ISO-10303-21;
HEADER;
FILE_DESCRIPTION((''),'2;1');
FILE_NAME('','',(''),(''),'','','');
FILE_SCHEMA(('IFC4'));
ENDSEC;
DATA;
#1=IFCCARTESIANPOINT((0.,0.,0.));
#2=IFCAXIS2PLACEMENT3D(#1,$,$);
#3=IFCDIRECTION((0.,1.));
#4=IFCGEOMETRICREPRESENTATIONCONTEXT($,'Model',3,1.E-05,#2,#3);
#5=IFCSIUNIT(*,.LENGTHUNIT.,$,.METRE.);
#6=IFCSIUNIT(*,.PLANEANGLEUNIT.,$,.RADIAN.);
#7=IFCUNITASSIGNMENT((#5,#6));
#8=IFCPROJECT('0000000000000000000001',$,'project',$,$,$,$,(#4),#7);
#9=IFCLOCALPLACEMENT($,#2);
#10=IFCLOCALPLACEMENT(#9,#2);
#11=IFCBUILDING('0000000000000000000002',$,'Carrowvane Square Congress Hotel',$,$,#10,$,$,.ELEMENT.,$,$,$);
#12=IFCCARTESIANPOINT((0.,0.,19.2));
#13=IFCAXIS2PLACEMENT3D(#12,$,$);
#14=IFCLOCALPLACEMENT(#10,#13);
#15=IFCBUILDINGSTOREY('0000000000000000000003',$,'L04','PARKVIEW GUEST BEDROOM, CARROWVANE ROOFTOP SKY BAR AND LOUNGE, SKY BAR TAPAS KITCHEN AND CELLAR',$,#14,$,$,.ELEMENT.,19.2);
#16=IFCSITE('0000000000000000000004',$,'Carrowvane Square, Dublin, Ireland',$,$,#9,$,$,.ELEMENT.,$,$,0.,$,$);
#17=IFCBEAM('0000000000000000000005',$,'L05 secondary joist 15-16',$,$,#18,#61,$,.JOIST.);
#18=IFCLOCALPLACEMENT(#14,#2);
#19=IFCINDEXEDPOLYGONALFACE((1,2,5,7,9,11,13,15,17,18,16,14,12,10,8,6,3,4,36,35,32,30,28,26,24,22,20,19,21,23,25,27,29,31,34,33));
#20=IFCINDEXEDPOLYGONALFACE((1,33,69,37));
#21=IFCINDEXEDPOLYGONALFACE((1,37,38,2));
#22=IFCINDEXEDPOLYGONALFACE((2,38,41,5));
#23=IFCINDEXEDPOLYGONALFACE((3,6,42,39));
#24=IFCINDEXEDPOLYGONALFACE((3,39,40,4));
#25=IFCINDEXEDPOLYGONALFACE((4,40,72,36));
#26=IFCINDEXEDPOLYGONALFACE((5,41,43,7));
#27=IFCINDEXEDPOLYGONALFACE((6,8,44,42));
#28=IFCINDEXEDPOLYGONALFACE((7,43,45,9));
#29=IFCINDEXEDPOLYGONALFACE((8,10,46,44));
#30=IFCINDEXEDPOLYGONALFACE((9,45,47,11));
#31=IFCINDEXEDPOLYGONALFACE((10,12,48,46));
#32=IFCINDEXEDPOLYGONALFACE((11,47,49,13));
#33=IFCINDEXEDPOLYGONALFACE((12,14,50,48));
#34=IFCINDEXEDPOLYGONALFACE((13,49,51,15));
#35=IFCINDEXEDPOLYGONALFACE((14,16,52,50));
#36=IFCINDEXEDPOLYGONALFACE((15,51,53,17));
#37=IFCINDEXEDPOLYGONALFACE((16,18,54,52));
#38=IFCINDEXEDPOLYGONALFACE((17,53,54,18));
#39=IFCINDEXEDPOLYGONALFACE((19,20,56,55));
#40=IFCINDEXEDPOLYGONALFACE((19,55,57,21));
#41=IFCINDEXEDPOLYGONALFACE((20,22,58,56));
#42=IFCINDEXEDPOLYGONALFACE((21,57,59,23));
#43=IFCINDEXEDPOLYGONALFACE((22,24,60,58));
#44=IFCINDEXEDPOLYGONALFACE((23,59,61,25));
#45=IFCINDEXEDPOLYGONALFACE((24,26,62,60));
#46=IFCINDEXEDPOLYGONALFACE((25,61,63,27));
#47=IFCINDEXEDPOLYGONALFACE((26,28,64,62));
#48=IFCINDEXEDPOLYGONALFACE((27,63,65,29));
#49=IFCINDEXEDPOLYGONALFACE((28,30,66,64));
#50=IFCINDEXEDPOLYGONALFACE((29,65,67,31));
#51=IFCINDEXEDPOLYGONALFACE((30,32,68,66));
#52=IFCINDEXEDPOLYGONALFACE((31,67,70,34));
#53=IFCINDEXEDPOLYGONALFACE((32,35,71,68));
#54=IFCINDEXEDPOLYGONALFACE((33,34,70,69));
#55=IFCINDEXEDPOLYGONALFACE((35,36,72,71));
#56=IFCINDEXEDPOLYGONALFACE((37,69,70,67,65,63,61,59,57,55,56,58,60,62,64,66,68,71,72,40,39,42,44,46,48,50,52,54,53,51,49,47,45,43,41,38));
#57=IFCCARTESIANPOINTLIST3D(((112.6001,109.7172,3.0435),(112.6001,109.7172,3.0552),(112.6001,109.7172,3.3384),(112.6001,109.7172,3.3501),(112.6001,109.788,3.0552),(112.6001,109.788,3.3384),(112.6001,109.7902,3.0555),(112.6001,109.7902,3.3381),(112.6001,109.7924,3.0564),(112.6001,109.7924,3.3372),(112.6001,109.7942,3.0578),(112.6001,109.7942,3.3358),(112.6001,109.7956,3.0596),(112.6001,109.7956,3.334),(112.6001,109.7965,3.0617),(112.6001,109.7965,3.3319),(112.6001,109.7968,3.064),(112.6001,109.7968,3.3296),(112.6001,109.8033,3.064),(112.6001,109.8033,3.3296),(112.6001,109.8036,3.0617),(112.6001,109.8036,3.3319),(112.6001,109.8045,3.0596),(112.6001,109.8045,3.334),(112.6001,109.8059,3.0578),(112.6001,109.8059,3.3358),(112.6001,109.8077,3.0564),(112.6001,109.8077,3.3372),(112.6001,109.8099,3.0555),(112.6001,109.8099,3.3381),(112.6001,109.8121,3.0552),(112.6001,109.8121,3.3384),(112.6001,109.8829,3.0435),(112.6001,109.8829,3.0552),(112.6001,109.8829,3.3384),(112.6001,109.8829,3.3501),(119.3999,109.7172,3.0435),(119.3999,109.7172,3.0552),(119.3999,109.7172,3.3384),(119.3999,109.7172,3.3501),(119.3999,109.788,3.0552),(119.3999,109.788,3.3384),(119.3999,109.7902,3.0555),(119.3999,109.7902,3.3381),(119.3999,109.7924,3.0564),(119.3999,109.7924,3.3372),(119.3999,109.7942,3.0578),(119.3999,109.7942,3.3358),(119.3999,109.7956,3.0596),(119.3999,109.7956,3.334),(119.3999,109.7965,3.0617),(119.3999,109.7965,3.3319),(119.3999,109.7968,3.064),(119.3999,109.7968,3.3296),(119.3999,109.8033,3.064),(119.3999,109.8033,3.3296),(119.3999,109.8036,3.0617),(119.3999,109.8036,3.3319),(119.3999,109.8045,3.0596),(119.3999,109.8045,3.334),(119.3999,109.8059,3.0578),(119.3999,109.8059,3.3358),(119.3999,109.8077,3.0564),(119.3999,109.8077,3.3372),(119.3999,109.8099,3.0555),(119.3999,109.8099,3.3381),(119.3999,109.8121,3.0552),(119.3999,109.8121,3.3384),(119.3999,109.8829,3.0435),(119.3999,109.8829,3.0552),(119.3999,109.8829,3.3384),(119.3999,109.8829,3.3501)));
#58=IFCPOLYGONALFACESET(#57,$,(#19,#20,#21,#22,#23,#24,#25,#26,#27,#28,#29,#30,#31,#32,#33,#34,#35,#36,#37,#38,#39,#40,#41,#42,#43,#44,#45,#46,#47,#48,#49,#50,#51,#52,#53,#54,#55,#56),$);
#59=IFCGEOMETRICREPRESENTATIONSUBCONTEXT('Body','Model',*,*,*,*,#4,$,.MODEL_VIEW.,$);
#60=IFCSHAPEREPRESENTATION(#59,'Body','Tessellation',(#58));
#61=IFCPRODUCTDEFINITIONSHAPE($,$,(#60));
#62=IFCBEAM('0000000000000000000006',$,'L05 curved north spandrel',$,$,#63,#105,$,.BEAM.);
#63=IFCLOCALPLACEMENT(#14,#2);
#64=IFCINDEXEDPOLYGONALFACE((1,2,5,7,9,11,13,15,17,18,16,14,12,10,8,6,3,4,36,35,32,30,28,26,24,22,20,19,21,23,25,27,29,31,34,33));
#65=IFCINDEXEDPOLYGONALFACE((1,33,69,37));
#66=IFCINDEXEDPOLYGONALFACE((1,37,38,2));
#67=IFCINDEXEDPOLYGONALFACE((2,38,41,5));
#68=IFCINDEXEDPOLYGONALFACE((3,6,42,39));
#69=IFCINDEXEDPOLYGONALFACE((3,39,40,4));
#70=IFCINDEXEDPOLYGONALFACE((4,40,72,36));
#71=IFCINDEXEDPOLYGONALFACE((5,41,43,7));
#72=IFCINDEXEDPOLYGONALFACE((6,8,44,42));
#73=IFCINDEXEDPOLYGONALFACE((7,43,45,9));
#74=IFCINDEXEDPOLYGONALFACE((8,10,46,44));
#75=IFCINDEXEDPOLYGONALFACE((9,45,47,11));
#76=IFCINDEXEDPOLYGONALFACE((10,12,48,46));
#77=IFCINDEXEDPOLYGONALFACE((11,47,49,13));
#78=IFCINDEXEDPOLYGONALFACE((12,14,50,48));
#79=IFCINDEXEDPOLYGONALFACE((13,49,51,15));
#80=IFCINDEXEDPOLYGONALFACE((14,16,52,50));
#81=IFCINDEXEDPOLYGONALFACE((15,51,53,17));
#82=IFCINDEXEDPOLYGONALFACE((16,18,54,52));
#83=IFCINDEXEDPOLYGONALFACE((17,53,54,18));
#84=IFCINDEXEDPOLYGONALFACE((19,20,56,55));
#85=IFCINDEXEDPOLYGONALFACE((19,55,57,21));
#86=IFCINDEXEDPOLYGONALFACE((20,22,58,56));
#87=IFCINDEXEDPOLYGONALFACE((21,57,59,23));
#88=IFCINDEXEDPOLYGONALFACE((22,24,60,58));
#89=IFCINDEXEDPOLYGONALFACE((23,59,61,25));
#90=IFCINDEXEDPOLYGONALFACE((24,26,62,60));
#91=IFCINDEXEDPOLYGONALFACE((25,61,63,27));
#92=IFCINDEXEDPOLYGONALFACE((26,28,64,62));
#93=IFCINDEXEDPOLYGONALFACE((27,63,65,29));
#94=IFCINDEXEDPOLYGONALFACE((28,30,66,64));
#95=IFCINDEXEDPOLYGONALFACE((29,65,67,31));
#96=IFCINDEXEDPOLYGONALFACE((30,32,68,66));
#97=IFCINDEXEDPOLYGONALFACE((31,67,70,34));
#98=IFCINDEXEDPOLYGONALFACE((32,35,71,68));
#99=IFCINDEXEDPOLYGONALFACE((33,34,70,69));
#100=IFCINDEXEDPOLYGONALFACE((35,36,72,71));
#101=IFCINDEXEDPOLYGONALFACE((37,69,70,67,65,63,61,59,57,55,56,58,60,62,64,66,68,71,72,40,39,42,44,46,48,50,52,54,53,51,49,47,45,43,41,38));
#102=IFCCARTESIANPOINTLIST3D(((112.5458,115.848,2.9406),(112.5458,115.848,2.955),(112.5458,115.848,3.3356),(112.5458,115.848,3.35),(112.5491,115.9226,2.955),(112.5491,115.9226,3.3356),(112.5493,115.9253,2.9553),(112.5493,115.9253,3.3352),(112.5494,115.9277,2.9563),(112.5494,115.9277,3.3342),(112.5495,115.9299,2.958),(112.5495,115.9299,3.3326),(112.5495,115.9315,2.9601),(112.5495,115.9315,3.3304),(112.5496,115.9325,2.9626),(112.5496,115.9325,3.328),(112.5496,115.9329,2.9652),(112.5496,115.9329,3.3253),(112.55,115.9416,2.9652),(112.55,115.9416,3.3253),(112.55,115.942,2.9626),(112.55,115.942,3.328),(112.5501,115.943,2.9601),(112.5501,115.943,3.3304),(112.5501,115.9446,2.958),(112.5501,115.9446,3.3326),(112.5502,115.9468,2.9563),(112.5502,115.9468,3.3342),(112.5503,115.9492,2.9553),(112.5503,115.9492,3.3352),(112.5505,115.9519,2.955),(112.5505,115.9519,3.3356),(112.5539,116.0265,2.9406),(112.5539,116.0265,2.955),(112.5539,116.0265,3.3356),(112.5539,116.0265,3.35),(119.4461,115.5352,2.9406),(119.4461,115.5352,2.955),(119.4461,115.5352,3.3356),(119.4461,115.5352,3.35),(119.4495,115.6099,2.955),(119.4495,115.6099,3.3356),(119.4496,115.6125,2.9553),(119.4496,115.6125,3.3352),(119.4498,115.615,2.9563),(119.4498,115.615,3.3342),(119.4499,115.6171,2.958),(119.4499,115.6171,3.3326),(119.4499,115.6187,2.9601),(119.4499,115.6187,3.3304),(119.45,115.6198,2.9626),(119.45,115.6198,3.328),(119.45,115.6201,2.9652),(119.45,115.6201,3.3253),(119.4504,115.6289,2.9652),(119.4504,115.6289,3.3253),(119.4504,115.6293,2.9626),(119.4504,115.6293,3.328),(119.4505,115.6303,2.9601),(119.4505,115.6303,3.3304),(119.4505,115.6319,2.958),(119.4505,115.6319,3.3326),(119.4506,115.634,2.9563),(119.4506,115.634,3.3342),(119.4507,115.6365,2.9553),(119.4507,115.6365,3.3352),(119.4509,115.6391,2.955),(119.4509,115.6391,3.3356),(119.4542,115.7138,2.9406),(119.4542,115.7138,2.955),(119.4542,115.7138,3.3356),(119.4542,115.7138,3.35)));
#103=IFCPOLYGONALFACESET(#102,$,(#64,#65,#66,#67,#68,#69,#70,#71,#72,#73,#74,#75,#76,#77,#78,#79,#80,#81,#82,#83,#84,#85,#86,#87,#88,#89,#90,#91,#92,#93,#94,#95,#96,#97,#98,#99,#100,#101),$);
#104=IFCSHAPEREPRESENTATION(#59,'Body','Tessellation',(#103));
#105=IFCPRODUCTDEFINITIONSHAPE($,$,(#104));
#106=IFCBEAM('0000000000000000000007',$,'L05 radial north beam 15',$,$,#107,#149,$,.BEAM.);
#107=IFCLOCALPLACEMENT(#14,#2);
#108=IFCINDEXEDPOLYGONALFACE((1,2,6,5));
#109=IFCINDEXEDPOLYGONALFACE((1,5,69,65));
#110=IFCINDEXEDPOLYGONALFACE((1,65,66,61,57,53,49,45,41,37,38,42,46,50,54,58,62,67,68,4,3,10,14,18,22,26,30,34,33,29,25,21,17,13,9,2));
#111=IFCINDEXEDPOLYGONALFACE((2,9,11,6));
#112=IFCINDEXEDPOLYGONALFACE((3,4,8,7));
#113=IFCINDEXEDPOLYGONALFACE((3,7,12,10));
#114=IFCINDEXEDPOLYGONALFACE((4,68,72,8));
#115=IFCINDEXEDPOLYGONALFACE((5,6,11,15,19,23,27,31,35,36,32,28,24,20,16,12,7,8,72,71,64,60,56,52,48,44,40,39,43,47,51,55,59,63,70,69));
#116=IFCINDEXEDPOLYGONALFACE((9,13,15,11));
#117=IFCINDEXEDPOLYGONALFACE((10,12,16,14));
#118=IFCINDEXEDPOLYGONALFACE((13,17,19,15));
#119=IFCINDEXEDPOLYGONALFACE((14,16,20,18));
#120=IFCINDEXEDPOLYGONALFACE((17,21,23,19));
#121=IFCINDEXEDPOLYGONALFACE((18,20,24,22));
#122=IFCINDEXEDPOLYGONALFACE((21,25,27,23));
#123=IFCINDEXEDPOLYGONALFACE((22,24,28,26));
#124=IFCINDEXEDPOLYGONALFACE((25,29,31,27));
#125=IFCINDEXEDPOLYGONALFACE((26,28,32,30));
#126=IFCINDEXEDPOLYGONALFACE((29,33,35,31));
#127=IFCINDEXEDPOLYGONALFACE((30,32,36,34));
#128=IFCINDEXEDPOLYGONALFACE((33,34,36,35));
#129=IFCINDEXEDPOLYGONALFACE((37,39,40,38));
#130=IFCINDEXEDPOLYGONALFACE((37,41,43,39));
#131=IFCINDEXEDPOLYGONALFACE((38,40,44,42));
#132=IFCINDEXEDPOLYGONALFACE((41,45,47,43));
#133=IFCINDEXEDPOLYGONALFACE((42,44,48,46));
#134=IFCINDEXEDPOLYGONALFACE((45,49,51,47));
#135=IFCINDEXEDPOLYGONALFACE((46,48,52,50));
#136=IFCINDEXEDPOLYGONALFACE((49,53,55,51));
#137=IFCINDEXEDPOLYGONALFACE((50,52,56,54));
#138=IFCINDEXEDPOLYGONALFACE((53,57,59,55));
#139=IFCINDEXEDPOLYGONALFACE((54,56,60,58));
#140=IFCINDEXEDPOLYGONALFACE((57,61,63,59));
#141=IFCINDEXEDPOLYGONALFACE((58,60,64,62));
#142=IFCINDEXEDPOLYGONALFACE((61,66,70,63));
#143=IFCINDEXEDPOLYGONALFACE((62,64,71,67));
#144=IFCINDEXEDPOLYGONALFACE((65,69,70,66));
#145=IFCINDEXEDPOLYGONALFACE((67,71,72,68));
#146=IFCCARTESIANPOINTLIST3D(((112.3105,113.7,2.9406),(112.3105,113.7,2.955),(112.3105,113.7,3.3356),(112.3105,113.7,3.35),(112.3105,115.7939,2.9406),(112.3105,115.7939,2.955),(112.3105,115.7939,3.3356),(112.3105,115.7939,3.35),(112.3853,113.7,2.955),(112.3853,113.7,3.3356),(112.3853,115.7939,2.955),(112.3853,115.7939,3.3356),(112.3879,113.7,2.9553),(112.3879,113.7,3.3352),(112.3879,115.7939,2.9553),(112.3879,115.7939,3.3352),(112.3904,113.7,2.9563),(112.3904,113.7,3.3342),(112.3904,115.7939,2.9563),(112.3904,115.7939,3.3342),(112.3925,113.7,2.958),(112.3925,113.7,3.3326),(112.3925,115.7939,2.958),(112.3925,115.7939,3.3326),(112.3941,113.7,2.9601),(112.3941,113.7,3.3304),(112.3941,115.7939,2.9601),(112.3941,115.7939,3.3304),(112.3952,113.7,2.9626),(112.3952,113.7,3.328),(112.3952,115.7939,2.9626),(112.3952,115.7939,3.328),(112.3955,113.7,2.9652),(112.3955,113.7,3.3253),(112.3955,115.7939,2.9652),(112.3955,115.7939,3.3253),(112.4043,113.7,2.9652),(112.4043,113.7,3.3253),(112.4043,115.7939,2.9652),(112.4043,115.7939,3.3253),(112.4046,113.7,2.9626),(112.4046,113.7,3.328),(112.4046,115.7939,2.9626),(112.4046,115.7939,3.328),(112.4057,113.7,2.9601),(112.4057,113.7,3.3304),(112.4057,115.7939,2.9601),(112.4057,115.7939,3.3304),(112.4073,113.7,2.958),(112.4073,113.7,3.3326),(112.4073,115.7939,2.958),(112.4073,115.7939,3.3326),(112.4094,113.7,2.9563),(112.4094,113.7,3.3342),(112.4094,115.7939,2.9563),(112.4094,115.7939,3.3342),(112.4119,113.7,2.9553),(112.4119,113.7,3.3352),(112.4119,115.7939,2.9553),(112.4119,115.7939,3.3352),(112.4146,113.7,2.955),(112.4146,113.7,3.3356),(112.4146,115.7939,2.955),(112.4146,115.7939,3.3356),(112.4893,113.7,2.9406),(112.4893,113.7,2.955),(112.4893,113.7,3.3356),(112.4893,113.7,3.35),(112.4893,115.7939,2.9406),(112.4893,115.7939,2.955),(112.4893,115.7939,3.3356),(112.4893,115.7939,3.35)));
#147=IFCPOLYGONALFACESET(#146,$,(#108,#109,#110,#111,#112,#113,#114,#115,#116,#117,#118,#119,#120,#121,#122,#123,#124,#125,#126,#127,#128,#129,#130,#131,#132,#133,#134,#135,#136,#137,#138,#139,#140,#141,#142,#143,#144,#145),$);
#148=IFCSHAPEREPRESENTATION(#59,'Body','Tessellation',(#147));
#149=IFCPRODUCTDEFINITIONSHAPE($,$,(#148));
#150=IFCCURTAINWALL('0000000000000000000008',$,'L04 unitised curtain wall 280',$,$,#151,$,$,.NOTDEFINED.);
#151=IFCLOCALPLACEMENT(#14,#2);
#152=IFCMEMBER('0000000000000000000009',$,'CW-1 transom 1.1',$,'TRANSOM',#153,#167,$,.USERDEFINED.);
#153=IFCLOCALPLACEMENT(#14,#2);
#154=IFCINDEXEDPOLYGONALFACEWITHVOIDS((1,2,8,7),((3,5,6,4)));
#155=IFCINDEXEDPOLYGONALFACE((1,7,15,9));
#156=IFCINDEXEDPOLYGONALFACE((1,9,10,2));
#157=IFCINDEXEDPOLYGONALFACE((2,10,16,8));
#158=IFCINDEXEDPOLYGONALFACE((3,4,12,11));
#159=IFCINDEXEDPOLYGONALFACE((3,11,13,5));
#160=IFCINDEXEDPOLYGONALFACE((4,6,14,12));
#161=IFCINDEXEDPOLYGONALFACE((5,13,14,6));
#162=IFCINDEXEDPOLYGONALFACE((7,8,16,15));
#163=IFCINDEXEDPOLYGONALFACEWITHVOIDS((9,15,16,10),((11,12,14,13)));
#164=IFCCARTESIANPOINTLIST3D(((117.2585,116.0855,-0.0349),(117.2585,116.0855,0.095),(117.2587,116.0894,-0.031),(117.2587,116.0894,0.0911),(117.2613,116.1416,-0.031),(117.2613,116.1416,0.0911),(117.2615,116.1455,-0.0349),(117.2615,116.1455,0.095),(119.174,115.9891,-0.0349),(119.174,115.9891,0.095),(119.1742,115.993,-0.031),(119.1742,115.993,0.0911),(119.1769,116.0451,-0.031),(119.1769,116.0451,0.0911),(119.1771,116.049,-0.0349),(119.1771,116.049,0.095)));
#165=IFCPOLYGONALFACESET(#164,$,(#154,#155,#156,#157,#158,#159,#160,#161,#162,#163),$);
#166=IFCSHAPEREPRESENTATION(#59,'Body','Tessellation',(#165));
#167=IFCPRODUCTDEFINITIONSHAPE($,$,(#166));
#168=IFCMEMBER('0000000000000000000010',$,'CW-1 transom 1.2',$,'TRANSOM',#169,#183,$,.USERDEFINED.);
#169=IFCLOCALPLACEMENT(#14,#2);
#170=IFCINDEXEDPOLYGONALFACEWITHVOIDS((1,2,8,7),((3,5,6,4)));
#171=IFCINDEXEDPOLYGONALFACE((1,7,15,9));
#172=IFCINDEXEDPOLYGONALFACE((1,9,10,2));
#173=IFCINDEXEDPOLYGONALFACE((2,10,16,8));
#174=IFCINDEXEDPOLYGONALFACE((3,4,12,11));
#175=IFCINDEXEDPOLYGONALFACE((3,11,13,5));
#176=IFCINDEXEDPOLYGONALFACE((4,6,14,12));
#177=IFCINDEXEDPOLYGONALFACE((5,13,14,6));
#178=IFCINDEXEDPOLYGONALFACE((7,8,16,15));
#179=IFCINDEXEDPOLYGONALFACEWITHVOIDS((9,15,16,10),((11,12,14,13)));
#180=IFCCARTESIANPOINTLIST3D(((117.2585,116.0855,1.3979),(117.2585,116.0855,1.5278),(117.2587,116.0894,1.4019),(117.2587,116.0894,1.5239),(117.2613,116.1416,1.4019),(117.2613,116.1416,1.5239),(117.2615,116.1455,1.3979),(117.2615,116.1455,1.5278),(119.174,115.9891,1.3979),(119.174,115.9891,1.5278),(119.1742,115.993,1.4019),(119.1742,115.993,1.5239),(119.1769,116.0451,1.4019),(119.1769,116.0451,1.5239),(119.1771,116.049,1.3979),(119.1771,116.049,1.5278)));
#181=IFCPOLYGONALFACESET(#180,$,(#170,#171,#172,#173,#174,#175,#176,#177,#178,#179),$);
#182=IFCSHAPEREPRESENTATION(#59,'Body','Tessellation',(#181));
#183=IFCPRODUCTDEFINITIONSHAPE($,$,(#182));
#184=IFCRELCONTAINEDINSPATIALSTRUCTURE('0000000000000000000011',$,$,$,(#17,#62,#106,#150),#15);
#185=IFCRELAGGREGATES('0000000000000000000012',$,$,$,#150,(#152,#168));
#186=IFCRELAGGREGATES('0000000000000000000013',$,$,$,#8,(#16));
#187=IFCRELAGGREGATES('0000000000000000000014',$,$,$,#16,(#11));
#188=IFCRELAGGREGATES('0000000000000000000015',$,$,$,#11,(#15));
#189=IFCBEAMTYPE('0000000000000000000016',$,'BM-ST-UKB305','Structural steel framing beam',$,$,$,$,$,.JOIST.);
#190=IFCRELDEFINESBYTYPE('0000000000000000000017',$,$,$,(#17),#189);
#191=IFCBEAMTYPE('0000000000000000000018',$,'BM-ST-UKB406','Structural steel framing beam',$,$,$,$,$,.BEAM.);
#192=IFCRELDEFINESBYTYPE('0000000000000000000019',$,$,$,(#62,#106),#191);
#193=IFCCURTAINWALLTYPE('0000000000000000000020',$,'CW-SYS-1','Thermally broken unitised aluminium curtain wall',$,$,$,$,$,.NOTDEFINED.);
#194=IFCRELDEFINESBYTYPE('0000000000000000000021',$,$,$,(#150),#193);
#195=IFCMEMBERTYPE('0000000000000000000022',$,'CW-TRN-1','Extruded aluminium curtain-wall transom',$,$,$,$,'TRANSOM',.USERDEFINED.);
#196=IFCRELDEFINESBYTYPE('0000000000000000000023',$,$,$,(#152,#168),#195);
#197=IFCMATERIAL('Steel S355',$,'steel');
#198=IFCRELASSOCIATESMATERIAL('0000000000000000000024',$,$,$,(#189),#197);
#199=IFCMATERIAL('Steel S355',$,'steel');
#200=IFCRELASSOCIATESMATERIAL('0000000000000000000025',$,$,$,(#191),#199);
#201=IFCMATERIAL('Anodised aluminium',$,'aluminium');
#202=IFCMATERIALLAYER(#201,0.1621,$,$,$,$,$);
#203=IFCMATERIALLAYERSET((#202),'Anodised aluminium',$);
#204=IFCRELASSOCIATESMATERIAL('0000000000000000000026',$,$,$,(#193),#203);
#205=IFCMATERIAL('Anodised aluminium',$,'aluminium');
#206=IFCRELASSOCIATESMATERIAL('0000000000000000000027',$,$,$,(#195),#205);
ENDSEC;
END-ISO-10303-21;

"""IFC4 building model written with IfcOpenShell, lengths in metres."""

from ifc_helpers import new_model, si_unit, direction, frame, origin, origin_2d, place, context, subcontext, project, spatial, hollow_rectangle, i_section, extrude, material, layer, layer_set, material_profile, profile_set, type_object, element, aggregate, save


model = new_model("IFC4")

# Units and contexts
model_context = context("Model", 3, precision=1e-05, world=origin(), true_north=direction((0.0, 1.0)))
body_context = subcontext(model_context, "Body", "Model", "MODEL_VIEW")
ifc_project = project(units=[si_unit("LENGTHUNIT", "METRE"), si_unit("PLANEANGLEUNIT", "RADIAN")], contexts=[model_context])

# Site, building, storey
site_placement = place(None, origin())
site = spatial("IfcSite", under=ifc_project, at=site_placement, Name="Carrowvane Square, Dublin, Ireland", CompositionType="ELEMENT", RefElevation=0.0)
building_placement = place(site_placement, origin())
building = spatial("IfcBuilding", under=site, at=building_placement, Name="Carrowvane Square Congress Hotel", CompositionType="ELEMENT")
storey_placement = place(building_placement, frame((0.0, 0.0, 19.2)))
storey = spatial("IfcBuildingStorey", under=building, at=storey_placement, Name="L04", Description="PARKVIEW GUEST BEDROOM, CARROWVANE ROOFTOP SKY BAR AND LOUNGE, SKY BAR TAPAS KITCHEN AND CELLAR", CompositionType="ELEMENT", Elevation=19.2)

# Beams
ifc_material_1 = material(Name="Steel S355", Category="steel")
ifc_material_profile_1 = material_profile(ifc_material_1, i_section(OverallWidth=0.1658, OverallDepth=0.3066, WebThickness=0.0066, FlangeThickness=0.0117, FilletRadius=0.0088, at=origin_2d()), Name="UKB 305x165x46")
ifc_profile_set_1 = profile_set([ifc_material_profile_1], Name="Steel S355")
beam_type_1 = type_object("IfcBeamType", Name="BM-ST-UKB305", Description="Structural steel framing beam", PredefinedType="JOIST", material=ifc_profile_set_1)
for number, where, z_axis, x_axis, name in (
    (1, (112.6001, 109.8, 3.1968), (1.0, 0.0, 0.0), (0.0, 1.0, 0.0), "L05 secondary joist 15-16"),
):
    element("IfcBeam", number, at=place(storey_placement, frame(where, z_axis=z_axis, x_axis=x_axis)), inside=storey, type_object=beam_type_1, Name=name, PredefinedType="JOIST", context=body_context, shape_type="SweptSolid", body=[
        extrude(i_section(OverallWidth=0.1658, OverallDepth=0.3066, WebThickness=0.0066, FlangeThickness=0.0117, FilletRadius=0.0088, at=origin_2d()), origin(), (0.0, 0.0, 1.0), 6.7998),
    ])
ifc_material_2 = material(Name="Steel S355", Category="steel")
ifc_material_profile_2 = material_profile(ifc_material_2, i_section(OverallWidth=0.1787, OverallDepth=0.4094, WebThickness=0.0088, FlangeThickness=0.0144, FilletRadius=0.0103, at=origin_2d()), Name="UKB 406x178x67")
ifc_profile_set_2 = profile_set([ifc_material_profile_2], Name="Steel S355")
beam_type_2 = type_object("IfcBeamType", Name="BM-ST-UKB406", Description="Structural steel framing beam", PredefinedType="BEAM", material=ifc_profile_set_2)
beam_1_placement = place(storey_placement, frame((112.5498, 115.9373, 3.1453), z_axis=(0.998975, -0.045276, 0.0), x_axis=(0.045276, 0.998975, 0.0)))
element("IfcBeam", 2, at=beam_1_placement, inside=storey, type_object=beam_type_2, Name="L05 curved north spandrel", PredefinedType="BEAM", context=body_context, shape_type="SweptSolid", body=[
    extrude(i_section(OverallWidth=0.1787, OverallDepth=0.4094, WebThickness=0.0088, FlangeThickness=0.0144, FilletRadius=0.0103, at=origin_2d()), origin(), (0.0, 0.0, 1.0), 6.9075),
])
beam_2_placement = place(storey_placement, frame((112.3999, 113.7, 3.1453), z_axis=(0.0, 1.0, 0.0), x_axis=(-1.0, 0.0, 0.0)))
element("IfcBeam", 3, at=beam_2_placement, inside=storey, type_object=beam_type_2, Name="L05 radial north beam 15", PredefinedType="BEAM", context=body_context, shape_type="SweptSolid", body=[
    extrude(i_section(OverallWidth=0.1787, OverallDepth=0.4094, WebThickness=0.0088, FlangeThickness=0.0144, FilletRadius=0.0103, at=origin_2d()), origin(), (0.0, 0.0, 1.0), 2.094),
])

# Curtain wall, members
ifc_material_3 = material(Name="Anodised aluminium", Category="aluminium")
ifc_layer_1 = layer(ifc_material_3, 0.1621)
ifc_layer_set_1 = layer_set([ifc_layer_1], Name="Anodised aluminium")
curtain_wall_type = type_object("IfcCurtainWallType", Name="CW-SYS-1", Description="Thermally broken unitised aluminium curtain wall", PredefinedType="NOTDEFINED", material=ifc_layer_set_1)
curtain_wall_placement = place(storey_placement, origin())
curtain_wall = element("IfcCurtainWall", 4, at=curtain_wall_placement, inside=storey, type_object=curtain_wall_type, Name="L04 unitised curtain wall 280", PredefinedType="NOTDEFINED")
ifc_material_4 = material(Name="Anodised aluminium", Category="aluminium")
ifc_material_profile_3 = material_profile(ifc_material_4, hollow_rectangle(XDim=0.0601, YDim=0.1299, WallThickness=0.0039, at=origin_2d()), Name="CW-TR 60x130x4")
ifc_profile_set_3 = profile_set([ifc_material_profile_3], Name="Anodised aluminium")
member_type = type_object("IfcMemberType", Name="CW-TRN-1", Description="Extruded aluminium curtain-wall transom", ElementType="TRANSOM", PredefinedType="USERDEFINED", material=ifc_profile_set_3)
member_1_placement = place(storey_placement, frame((117.26, 116.1155, 0.03), z_axis=(0.998735, -0.05028, 0.0), x_axis=(0.05028, 0.998735, 0.0)))
member_1 = element("IfcMember", 5, at=member_1_placement, type_object=member_type, Name="CW-1 transom 1.1", ObjectType="TRANSOM", PredefinedType="USERDEFINED", context=body_context, shape_type="SweptSolid", body=[
    extrude(hollow_rectangle(XDim=0.0601, YDim=0.1299, WallThickness=0.0039, at=origin_2d()), origin(), (0.0, 0.0, 1.0), 1.918),
])
member_2_placement = place(storey_placement, frame((117.26, 116.1155, 1.4629), z_axis=(0.998735, -0.05028, 0.0), x_axis=(0.05028, 0.998735, 0.0)))
member_2 = element("IfcMember", 6, at=member_2_placement, type_object=member_type, Name="CW-1 transom 1.2", ObjectType="TRANSOM", PredefinedType="USERDEFINED", context=body_context, shape_type="SweptSolid", body=[
    extrude(hollow_rectangle(XDim=0.0601, YDim=0.1299, WallThickness=0.0039, at=origin_2d()), origin(), (0.0, 0.0, 1.0), 1.918),
])
aggregate(curtain_wall, [member_1, member_2])

save(model, "model.ifc")
